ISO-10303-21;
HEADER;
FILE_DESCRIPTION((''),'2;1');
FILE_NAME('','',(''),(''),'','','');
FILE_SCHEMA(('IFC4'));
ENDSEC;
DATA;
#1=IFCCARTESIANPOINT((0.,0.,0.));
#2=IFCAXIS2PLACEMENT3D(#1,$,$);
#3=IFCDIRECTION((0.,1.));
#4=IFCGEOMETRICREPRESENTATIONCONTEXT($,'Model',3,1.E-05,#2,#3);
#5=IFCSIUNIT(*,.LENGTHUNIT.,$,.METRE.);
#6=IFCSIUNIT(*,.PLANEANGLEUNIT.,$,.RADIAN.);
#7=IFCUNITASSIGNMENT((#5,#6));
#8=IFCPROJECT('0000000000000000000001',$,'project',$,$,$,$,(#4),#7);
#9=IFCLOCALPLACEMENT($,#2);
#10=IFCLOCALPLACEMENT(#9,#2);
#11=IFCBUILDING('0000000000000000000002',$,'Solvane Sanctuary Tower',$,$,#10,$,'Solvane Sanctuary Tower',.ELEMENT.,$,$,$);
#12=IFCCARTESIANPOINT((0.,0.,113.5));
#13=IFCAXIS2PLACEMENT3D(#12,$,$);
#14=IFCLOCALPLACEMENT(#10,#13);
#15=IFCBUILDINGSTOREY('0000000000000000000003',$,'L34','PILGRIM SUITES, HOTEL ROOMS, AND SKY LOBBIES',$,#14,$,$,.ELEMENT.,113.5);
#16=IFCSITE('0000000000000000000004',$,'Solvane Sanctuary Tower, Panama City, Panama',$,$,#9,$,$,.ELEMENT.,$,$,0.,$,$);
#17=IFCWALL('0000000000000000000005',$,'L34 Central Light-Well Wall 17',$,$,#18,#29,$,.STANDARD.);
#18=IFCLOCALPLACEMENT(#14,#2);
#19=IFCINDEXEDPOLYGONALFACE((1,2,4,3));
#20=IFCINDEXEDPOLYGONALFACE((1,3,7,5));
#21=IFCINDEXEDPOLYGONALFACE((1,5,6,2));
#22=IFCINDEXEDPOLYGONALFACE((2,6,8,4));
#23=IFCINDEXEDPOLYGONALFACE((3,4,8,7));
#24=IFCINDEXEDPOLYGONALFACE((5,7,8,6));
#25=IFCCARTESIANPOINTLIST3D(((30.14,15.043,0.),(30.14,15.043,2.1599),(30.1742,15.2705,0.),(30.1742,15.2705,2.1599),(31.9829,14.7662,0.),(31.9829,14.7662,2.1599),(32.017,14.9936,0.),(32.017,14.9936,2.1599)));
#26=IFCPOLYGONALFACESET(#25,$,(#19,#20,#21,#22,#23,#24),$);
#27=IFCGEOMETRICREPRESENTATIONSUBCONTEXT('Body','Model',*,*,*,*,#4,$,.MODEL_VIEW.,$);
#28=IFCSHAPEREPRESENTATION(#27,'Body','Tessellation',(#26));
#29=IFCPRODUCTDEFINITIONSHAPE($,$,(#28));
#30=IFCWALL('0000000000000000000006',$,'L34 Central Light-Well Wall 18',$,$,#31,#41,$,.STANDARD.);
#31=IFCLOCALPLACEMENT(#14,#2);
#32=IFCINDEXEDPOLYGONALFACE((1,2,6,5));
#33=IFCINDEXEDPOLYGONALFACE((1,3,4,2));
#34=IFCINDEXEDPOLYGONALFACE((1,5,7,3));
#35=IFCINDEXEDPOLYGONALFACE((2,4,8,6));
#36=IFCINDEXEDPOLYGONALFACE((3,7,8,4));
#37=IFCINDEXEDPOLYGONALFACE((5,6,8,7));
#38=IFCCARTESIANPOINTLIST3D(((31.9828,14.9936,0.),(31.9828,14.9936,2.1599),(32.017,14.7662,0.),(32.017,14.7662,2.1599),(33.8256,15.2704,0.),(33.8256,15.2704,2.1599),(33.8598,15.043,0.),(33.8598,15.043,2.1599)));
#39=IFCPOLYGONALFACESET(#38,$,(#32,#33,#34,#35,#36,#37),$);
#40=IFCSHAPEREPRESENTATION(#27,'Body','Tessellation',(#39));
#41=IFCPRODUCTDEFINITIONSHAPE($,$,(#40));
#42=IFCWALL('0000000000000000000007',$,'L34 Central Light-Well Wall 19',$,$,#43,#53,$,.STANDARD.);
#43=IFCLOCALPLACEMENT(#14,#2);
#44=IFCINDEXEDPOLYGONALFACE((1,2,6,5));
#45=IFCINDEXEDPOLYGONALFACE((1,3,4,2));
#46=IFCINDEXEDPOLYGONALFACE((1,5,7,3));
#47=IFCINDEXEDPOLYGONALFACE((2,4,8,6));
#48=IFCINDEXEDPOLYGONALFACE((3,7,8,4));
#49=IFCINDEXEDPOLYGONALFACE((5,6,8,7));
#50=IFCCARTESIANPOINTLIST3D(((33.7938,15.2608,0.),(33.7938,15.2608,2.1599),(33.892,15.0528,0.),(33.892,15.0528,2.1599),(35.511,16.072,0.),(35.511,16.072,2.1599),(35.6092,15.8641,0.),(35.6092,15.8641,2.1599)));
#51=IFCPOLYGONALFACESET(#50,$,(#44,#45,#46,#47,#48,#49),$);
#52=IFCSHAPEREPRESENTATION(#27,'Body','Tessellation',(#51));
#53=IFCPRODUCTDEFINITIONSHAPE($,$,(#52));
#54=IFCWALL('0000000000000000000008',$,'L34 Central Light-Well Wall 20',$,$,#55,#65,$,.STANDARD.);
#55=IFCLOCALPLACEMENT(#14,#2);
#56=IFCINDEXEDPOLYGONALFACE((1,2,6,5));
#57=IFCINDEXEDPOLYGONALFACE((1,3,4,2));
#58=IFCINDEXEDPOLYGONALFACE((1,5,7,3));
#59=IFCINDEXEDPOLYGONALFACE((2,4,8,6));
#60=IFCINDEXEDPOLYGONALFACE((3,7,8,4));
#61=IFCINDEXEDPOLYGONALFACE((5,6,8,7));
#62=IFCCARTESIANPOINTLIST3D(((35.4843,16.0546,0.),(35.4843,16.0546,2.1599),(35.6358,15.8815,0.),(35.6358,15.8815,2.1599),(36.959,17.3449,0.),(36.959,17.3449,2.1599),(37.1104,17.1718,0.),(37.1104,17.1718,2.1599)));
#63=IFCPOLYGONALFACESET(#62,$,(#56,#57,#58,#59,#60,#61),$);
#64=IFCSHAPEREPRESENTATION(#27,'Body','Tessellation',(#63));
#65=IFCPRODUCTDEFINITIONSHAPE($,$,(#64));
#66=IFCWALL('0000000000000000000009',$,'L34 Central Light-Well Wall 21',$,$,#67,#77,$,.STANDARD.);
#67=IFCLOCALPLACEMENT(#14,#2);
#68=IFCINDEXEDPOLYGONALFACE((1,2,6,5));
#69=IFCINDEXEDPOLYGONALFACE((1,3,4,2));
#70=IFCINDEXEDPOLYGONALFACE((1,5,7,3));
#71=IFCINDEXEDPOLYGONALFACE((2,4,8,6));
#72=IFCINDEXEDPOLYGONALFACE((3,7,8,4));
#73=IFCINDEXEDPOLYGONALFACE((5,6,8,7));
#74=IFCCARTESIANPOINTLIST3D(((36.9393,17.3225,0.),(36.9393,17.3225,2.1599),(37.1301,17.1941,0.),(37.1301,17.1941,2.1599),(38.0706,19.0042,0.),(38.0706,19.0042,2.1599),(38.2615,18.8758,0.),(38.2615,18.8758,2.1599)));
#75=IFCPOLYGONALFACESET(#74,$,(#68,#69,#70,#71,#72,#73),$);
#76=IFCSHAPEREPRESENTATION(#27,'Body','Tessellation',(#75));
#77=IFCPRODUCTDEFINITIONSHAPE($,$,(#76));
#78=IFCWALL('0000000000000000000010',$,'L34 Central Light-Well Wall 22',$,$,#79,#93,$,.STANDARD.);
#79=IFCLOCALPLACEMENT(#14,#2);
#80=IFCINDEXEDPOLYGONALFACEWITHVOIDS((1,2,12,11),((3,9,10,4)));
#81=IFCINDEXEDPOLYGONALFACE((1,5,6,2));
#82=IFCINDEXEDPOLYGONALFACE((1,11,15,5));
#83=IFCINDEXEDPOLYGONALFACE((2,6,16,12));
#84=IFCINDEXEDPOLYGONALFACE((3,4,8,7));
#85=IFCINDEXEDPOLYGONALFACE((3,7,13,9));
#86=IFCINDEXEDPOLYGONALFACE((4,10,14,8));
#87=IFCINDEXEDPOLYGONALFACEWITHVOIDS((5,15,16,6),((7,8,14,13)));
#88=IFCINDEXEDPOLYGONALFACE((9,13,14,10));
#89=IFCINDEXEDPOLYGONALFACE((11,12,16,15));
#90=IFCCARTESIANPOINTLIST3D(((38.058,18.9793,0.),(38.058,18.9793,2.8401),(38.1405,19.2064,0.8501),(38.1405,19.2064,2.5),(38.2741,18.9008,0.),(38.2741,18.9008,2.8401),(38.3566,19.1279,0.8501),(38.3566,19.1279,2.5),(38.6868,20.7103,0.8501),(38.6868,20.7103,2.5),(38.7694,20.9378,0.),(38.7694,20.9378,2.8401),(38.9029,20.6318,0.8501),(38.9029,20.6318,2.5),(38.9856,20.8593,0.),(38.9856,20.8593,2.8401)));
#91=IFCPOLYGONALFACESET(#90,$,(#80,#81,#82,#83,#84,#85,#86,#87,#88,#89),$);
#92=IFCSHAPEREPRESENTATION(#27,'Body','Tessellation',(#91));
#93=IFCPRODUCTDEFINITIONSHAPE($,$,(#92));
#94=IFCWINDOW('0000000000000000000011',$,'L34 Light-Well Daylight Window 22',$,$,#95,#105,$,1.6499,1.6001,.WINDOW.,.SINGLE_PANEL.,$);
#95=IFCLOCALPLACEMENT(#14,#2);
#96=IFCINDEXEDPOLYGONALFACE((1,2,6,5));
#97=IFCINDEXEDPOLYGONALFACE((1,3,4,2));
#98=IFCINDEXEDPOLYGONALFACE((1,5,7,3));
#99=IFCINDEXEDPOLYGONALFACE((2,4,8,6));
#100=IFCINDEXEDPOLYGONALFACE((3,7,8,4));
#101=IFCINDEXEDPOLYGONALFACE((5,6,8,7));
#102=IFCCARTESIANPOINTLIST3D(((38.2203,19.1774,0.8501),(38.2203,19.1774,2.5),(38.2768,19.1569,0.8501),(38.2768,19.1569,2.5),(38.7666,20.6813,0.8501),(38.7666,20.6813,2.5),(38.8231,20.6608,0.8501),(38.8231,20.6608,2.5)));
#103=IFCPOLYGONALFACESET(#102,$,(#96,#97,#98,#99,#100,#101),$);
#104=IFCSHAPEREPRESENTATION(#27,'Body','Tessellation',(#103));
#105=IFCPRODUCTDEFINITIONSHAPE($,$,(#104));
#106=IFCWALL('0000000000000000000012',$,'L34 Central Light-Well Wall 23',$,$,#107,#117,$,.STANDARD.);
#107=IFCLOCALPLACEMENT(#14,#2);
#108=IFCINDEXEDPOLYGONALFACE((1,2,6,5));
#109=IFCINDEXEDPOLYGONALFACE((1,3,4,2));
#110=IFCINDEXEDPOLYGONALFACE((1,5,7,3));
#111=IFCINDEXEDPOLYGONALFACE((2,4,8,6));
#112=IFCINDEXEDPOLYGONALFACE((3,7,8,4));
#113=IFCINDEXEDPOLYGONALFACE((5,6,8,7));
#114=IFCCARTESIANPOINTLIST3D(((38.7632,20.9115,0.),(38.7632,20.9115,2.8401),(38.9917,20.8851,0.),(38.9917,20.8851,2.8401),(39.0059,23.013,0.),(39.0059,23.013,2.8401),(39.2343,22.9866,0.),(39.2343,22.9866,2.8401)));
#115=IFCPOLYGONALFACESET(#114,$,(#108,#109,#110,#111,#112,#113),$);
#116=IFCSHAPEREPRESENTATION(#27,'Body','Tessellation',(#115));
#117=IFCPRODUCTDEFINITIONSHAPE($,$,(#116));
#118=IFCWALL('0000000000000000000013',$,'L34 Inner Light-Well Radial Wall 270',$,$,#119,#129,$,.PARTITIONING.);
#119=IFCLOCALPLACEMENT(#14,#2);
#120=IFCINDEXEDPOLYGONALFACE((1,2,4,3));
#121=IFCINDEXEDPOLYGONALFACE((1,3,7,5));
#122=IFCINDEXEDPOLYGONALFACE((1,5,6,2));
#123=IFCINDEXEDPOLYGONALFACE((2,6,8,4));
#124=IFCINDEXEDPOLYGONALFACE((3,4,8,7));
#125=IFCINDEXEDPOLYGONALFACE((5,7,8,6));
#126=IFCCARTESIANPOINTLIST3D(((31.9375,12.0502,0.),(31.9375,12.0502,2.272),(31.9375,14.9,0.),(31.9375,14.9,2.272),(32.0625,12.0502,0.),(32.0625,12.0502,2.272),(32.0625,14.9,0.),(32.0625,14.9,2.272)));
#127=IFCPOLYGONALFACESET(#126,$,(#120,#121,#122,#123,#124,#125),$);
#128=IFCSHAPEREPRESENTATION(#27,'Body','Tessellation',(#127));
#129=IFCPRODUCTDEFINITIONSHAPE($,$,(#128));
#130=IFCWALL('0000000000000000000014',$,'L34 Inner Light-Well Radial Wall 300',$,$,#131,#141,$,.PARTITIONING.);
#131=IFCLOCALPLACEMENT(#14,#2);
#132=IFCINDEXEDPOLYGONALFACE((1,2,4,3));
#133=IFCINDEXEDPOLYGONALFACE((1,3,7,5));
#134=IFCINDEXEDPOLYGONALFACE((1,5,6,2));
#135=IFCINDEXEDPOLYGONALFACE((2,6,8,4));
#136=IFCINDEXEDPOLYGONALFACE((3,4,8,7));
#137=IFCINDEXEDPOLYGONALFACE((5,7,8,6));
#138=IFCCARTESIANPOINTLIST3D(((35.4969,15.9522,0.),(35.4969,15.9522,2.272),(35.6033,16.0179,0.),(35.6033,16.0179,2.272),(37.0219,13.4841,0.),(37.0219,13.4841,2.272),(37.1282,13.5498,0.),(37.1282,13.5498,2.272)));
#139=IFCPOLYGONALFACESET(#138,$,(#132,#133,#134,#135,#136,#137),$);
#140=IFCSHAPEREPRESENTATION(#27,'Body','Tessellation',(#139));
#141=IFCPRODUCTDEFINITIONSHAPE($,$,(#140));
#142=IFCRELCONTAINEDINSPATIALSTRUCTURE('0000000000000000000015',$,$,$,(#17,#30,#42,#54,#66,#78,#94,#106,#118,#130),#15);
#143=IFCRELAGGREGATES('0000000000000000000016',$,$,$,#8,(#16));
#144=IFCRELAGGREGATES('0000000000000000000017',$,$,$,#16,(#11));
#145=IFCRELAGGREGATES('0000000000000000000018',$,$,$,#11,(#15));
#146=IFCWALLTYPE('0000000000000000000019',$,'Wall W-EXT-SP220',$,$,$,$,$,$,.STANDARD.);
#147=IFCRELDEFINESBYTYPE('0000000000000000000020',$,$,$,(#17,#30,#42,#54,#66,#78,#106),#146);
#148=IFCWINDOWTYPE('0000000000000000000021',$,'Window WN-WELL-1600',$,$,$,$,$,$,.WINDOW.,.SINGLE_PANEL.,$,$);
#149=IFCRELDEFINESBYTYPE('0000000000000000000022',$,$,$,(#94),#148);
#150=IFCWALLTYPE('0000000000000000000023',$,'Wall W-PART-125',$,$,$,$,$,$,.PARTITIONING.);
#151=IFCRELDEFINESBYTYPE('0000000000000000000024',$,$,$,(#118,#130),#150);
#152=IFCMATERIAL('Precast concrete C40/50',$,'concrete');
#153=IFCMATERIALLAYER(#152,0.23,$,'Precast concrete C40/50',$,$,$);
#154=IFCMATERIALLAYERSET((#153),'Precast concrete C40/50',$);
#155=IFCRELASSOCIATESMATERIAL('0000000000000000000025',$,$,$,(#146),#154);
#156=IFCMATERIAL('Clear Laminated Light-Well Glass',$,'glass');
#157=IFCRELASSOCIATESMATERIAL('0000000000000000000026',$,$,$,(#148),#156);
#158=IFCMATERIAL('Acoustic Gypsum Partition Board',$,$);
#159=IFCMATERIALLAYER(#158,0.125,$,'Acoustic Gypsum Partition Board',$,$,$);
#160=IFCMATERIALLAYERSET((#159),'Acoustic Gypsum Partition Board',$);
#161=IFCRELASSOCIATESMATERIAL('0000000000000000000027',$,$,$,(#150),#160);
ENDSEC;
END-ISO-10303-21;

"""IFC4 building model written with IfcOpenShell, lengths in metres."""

from ifc_helpers import new_model, si_unit, direction, frame, frame_2d, origin, place, context, subcontext, project, spatial, rectangle, extrude, material, layer, layer_set, type_object, element, fill, save


model = new_model("IFC4")

# Units and contexts
model_context = context("Model", 3, precision=1e-05, world=origin(), true_north=direction((0.0, 1.0)))
body_context = subcontext(model_context, "Body", "Model", "MODEL_VIEW")
ifc_project = project(units=[si_unit("LENGTHUNIT", "METRE"), si_unit("PLANEANGLEUNIT", "RADIAN")], contexts=[model_context])

# Site, building, storey
site_placement = place(None, origin())
site = spatial("IfcSite", under=ifc_project, at=site_placement, Name="Solvane Sanctuary Tower, Panama City, Panama", CompositionType="ELEMENT", RefElevation=0.0)
building_placement = place(site_placement, origin())
building = spatial("IfcBuilding", under=site, at=building_placement, Name="Solvane Sanctuary Tower", LongName="Solvane Sanctuary Tower", CompositionType="ELEMENT")
storey_placement = place(building_placement, frame((0.0, 0.0, 113.5)))
storey = spatial("IfcBuildingStorey", under=building, at=storey_placement, Name="L34", Description="PILGRIM SUITES, HOTEL ROOMS, AND SKY LOBBIES", CompositionType="ELEMENT", Elevation=113.5)

# Walls
ifc_material_1 = material(Name="Precast concrete C40/50", Category="concrete")
ifc_layer_1 = layer(ifc_material_1, 0.23, Name="Precast concrete C40/50")
ifc_layer_set_1 = layer_set([ifc_layer_1], Name="Precast concrete C40/50")
wall_type_1 = type_object("IfcWallType", Name="Wall W-EXT-SP220", PredefinedType="STANDARD", material=ifc_layer_set_1)
for number, where, z_axis, x_axis, name in (
    (1, (30.1572, 15.1567, 0.0), (0.0, 0.0, 1.0), (0.988902, -0.148571, 0.0), "L34 Central Light-Well Wall 17"),
    (2, (32.0, 14.8799, 0.0), (0.0, 0.0, 1.0), (0.988902, 0.148571, 0.0), "L34 Central Light-Well Wall 18"),
):
    element("IfcWall", number, at=place(storey_placement, frame(where, z_axis=z_axis, x_axis=x_axis)), inside=storey, type_object=wall_type_1, Name=name, PredefinedType="STANDARD", context=body_context, shape_type="SweptSolid", body=[
        extrude(rectangle(XDim=1.8635, YDim=0.23, at=frame_2d((0.9316, 0.0))), origin(), (0.0, 0.0, 1.0), 2.1599),
    ])
wall_1_placement = place(storey_placement, frame((33.8428, 15.1567, 0.0), z_axis=(0.0, 0.0, 1.0), x_axis=(0.90418, 0.427152, 0.0)))
element("IfcWall", 3, at=wall_1_placement, inside=storey, type_object=wall_type_1, Name="L34 Central Light-Well Wall 19", PredefinedType="STANDARD", context=body_context, shape_type="SweptSolid", body=[
    extrude(rectangle(XDim=1.8992, YDim=0.23, at=frame_2d((0.9497, 0.0))), origin(), (0.0, 0.0, 1.0), 2.1599),
])
wall_2_placement = place(storey_placement, frame((35.5601, 15.968, 0.0), z_axis=(0.0, 0.0, 1.0), x_axis=(0.752577, 0.658505, 0.0)))
element("IfcWall", 4, at=wall_2_placement, inside=storey, type_object=wall_type_1, Name="L34 Central Light-Well Wall 20", PredefinedType="STANDARD", context=body_context, shape_type="SweptSolid", body=[
    extrude(rectangle(XDim=1.9595, YDim=0.23, at=frame_2d((0.9797, 0.0))), origin(), (0.0, 0.0, 1.0), 2.1599),
])
wall_3_placement = place(storey_placement, frame((37.0347, 17.2583, 0.0), z_axis=(0.0, 0.0, 1.0), x_axis=(0.558198, 0.829708, 0.0)))
element("IfcWall", 5, at=wall_3_placement, inside=storey, type_object=wall_type_1, Name="L34 Central Light-Well Wall 21", PredefinedType="STANDARD", context=body_context, shape_type="SweptSolid", body=[
    extrude(rectangle(XDim=2.0269, YDim=0.23, at=frame_2d((1.0134, 0.0))), origin(), (0.0, 0.0, 1.0), 2.1599),
])

# Wall, opening, window
wall_4_placement = place(storey_placement, frame((38.166, 18.9399, 0.0), z_axis=(0.0, 0.0, 1.0), x_axis=(0.341423, 0.93991, 0.0)))
wall_4 = element("IfcWall", 6, at=wall_4_placement, inside=storey, type_object=wall_type_1, Name="L34 Central Light-Well Wall 22", PredefinedType="STANDARD", context=body_context, shape_type="SweptSolid", body=[
    extrude(rectangle(XDim=2.0837, YDim=0.23, at=frame_2d((1.042, 0.0))), origin(), (0.0, 0.0, 1.0), 2.8401),
])
opening_placement = place(wall_4_placement, frame((0.2417, 0.0, 0.8501)))
opening = element("IfcOpeningElement", 7, at=opening_placement, cuts=wall_4, PredefinedType="OPENING", context=body_context, shape_type="SweptSolid", body=[
    extrude(rectangle(XDim=1.6001, YDim=1.6499, at=frame_2d((0.8, 0.825))), frame((0.0, 0.125, 0.0), z_axis=(0.0, -1.0, 0.0), x_axis=(1.0, 0.0, 0.0)), (0.0, 0.0, 1.0), 0.25),
])
ifc_material_2 = material(Name="Clear Laminated Light-Well Glass", Category="glass")
window_type = type_object("IfcWindowType", Name="Window WN-WELL-1600", PartitioningType="SINGLE_PANEL", PredefinedType="WINDOW", material=ifc_material_2)
window_placement = place(opening_placement, origin())
window = element("IfcWindow", 8, at=window_placement, inside=storey, type_object=window_type, Name="L34 Light-Well Daylight Window 22", OverallHeight=1.6499, OverallWidth=1.6001, PartitioningType="SINGLE_PANEL", PredefinedType="WINDOW", context=body_context, shape_type="SweptSolid", body=[
    extrude(rectangle(XDim=1.6001, YDim=1.6499, at=frame_2d((0.8, 0.825))), frame((0.0, 0.03, 0.0), z_axis=(0.0, -1.0, 0.0), x_axis=(1.0, 0.0, 0.0)), (0.0, 0.0, 1.0), 0.0601),
])
fill(opening, window)

# Walls
wall_5_placement = place(storey_placement, frame((38.8774, 20.8984, 0.0), z_axis=(0.0, 0.0, 1.0), x_axis=(0.114712, 0.993399, 0.0)))
element("IfcWall", 9, at=wall_5_placement, inside=storey, type_object=wall_type_1, Name="L34 Central Light-Well Wall 23", PredefinedType="STANDARD", context=body_context, shape_type="SweptSolid", body=[
    extrude(rectangle(XDim=2.1155, YDim=0.23, at=frame_2d((1.0576, 0.0))), origin(), (0.0, 0.0, 1.0), 2.8401),
])
ifc_material_3 = material(Name="Acoustic Gypsum Partition Board")
ifc_layer_2 = layer(ifc_material_3, 0.125, Name="Acoustic Gypsum Partition Board")
ifc_layer_set_2 = layer_set([ifc_layer_2], Name="Acoustic Gypsum Partition Board")
wall_type_2 = type_object("IfcWallType", Name="Wall W-PART-125", PredefinedType="PARTITIONING", material=ifc_layer_set_2)
wall_6_placement = place(storey_placement, frame((32.0, 14.8999, 0.0), z_axis=(0.0, 0.0, 1.0), x_axis=(0.0, -1.0, 0.0)))
element("IfcWall", 10, at=wall_6_placement, inside=storey, type_object=wall_type_2, Name="L34 Inner Light-Well Radial Wall 270", PredefinedType="PARTITIONING", context=body_context, shape_type="SweptSolid", body=[
    extrude(rectangle(XDim=2.8499, YDim=0.125, at=frame_2d((1.4248, 0.0))), origin(), (0.0, 0.0, 1.0), 2.272),
])
wall_7_placement = place(storey_placement, frame((35.55, 15.9851, 0.0), z_axis=(0.0, 0.0, 1.0), x_axis=(0.525627, -0.850715, 0.0)))
element("IfcWall", 11, at=wall_7_placement, inside=storey, type_object=wall_type_2, Name="L34 Inner Light-Well Radial Wall 300", PredefinedType="PARTITIONING", context=body_context, shape_type="SweptSolid", body=[
    extrude(rectangle(XDim=2.9011, YDim=0.125, at=frame_2d((1.4507, 0.0))), origin(), (0.0, 0.0, 1.0), 2.272),
])

save(model, "model.ifc")
